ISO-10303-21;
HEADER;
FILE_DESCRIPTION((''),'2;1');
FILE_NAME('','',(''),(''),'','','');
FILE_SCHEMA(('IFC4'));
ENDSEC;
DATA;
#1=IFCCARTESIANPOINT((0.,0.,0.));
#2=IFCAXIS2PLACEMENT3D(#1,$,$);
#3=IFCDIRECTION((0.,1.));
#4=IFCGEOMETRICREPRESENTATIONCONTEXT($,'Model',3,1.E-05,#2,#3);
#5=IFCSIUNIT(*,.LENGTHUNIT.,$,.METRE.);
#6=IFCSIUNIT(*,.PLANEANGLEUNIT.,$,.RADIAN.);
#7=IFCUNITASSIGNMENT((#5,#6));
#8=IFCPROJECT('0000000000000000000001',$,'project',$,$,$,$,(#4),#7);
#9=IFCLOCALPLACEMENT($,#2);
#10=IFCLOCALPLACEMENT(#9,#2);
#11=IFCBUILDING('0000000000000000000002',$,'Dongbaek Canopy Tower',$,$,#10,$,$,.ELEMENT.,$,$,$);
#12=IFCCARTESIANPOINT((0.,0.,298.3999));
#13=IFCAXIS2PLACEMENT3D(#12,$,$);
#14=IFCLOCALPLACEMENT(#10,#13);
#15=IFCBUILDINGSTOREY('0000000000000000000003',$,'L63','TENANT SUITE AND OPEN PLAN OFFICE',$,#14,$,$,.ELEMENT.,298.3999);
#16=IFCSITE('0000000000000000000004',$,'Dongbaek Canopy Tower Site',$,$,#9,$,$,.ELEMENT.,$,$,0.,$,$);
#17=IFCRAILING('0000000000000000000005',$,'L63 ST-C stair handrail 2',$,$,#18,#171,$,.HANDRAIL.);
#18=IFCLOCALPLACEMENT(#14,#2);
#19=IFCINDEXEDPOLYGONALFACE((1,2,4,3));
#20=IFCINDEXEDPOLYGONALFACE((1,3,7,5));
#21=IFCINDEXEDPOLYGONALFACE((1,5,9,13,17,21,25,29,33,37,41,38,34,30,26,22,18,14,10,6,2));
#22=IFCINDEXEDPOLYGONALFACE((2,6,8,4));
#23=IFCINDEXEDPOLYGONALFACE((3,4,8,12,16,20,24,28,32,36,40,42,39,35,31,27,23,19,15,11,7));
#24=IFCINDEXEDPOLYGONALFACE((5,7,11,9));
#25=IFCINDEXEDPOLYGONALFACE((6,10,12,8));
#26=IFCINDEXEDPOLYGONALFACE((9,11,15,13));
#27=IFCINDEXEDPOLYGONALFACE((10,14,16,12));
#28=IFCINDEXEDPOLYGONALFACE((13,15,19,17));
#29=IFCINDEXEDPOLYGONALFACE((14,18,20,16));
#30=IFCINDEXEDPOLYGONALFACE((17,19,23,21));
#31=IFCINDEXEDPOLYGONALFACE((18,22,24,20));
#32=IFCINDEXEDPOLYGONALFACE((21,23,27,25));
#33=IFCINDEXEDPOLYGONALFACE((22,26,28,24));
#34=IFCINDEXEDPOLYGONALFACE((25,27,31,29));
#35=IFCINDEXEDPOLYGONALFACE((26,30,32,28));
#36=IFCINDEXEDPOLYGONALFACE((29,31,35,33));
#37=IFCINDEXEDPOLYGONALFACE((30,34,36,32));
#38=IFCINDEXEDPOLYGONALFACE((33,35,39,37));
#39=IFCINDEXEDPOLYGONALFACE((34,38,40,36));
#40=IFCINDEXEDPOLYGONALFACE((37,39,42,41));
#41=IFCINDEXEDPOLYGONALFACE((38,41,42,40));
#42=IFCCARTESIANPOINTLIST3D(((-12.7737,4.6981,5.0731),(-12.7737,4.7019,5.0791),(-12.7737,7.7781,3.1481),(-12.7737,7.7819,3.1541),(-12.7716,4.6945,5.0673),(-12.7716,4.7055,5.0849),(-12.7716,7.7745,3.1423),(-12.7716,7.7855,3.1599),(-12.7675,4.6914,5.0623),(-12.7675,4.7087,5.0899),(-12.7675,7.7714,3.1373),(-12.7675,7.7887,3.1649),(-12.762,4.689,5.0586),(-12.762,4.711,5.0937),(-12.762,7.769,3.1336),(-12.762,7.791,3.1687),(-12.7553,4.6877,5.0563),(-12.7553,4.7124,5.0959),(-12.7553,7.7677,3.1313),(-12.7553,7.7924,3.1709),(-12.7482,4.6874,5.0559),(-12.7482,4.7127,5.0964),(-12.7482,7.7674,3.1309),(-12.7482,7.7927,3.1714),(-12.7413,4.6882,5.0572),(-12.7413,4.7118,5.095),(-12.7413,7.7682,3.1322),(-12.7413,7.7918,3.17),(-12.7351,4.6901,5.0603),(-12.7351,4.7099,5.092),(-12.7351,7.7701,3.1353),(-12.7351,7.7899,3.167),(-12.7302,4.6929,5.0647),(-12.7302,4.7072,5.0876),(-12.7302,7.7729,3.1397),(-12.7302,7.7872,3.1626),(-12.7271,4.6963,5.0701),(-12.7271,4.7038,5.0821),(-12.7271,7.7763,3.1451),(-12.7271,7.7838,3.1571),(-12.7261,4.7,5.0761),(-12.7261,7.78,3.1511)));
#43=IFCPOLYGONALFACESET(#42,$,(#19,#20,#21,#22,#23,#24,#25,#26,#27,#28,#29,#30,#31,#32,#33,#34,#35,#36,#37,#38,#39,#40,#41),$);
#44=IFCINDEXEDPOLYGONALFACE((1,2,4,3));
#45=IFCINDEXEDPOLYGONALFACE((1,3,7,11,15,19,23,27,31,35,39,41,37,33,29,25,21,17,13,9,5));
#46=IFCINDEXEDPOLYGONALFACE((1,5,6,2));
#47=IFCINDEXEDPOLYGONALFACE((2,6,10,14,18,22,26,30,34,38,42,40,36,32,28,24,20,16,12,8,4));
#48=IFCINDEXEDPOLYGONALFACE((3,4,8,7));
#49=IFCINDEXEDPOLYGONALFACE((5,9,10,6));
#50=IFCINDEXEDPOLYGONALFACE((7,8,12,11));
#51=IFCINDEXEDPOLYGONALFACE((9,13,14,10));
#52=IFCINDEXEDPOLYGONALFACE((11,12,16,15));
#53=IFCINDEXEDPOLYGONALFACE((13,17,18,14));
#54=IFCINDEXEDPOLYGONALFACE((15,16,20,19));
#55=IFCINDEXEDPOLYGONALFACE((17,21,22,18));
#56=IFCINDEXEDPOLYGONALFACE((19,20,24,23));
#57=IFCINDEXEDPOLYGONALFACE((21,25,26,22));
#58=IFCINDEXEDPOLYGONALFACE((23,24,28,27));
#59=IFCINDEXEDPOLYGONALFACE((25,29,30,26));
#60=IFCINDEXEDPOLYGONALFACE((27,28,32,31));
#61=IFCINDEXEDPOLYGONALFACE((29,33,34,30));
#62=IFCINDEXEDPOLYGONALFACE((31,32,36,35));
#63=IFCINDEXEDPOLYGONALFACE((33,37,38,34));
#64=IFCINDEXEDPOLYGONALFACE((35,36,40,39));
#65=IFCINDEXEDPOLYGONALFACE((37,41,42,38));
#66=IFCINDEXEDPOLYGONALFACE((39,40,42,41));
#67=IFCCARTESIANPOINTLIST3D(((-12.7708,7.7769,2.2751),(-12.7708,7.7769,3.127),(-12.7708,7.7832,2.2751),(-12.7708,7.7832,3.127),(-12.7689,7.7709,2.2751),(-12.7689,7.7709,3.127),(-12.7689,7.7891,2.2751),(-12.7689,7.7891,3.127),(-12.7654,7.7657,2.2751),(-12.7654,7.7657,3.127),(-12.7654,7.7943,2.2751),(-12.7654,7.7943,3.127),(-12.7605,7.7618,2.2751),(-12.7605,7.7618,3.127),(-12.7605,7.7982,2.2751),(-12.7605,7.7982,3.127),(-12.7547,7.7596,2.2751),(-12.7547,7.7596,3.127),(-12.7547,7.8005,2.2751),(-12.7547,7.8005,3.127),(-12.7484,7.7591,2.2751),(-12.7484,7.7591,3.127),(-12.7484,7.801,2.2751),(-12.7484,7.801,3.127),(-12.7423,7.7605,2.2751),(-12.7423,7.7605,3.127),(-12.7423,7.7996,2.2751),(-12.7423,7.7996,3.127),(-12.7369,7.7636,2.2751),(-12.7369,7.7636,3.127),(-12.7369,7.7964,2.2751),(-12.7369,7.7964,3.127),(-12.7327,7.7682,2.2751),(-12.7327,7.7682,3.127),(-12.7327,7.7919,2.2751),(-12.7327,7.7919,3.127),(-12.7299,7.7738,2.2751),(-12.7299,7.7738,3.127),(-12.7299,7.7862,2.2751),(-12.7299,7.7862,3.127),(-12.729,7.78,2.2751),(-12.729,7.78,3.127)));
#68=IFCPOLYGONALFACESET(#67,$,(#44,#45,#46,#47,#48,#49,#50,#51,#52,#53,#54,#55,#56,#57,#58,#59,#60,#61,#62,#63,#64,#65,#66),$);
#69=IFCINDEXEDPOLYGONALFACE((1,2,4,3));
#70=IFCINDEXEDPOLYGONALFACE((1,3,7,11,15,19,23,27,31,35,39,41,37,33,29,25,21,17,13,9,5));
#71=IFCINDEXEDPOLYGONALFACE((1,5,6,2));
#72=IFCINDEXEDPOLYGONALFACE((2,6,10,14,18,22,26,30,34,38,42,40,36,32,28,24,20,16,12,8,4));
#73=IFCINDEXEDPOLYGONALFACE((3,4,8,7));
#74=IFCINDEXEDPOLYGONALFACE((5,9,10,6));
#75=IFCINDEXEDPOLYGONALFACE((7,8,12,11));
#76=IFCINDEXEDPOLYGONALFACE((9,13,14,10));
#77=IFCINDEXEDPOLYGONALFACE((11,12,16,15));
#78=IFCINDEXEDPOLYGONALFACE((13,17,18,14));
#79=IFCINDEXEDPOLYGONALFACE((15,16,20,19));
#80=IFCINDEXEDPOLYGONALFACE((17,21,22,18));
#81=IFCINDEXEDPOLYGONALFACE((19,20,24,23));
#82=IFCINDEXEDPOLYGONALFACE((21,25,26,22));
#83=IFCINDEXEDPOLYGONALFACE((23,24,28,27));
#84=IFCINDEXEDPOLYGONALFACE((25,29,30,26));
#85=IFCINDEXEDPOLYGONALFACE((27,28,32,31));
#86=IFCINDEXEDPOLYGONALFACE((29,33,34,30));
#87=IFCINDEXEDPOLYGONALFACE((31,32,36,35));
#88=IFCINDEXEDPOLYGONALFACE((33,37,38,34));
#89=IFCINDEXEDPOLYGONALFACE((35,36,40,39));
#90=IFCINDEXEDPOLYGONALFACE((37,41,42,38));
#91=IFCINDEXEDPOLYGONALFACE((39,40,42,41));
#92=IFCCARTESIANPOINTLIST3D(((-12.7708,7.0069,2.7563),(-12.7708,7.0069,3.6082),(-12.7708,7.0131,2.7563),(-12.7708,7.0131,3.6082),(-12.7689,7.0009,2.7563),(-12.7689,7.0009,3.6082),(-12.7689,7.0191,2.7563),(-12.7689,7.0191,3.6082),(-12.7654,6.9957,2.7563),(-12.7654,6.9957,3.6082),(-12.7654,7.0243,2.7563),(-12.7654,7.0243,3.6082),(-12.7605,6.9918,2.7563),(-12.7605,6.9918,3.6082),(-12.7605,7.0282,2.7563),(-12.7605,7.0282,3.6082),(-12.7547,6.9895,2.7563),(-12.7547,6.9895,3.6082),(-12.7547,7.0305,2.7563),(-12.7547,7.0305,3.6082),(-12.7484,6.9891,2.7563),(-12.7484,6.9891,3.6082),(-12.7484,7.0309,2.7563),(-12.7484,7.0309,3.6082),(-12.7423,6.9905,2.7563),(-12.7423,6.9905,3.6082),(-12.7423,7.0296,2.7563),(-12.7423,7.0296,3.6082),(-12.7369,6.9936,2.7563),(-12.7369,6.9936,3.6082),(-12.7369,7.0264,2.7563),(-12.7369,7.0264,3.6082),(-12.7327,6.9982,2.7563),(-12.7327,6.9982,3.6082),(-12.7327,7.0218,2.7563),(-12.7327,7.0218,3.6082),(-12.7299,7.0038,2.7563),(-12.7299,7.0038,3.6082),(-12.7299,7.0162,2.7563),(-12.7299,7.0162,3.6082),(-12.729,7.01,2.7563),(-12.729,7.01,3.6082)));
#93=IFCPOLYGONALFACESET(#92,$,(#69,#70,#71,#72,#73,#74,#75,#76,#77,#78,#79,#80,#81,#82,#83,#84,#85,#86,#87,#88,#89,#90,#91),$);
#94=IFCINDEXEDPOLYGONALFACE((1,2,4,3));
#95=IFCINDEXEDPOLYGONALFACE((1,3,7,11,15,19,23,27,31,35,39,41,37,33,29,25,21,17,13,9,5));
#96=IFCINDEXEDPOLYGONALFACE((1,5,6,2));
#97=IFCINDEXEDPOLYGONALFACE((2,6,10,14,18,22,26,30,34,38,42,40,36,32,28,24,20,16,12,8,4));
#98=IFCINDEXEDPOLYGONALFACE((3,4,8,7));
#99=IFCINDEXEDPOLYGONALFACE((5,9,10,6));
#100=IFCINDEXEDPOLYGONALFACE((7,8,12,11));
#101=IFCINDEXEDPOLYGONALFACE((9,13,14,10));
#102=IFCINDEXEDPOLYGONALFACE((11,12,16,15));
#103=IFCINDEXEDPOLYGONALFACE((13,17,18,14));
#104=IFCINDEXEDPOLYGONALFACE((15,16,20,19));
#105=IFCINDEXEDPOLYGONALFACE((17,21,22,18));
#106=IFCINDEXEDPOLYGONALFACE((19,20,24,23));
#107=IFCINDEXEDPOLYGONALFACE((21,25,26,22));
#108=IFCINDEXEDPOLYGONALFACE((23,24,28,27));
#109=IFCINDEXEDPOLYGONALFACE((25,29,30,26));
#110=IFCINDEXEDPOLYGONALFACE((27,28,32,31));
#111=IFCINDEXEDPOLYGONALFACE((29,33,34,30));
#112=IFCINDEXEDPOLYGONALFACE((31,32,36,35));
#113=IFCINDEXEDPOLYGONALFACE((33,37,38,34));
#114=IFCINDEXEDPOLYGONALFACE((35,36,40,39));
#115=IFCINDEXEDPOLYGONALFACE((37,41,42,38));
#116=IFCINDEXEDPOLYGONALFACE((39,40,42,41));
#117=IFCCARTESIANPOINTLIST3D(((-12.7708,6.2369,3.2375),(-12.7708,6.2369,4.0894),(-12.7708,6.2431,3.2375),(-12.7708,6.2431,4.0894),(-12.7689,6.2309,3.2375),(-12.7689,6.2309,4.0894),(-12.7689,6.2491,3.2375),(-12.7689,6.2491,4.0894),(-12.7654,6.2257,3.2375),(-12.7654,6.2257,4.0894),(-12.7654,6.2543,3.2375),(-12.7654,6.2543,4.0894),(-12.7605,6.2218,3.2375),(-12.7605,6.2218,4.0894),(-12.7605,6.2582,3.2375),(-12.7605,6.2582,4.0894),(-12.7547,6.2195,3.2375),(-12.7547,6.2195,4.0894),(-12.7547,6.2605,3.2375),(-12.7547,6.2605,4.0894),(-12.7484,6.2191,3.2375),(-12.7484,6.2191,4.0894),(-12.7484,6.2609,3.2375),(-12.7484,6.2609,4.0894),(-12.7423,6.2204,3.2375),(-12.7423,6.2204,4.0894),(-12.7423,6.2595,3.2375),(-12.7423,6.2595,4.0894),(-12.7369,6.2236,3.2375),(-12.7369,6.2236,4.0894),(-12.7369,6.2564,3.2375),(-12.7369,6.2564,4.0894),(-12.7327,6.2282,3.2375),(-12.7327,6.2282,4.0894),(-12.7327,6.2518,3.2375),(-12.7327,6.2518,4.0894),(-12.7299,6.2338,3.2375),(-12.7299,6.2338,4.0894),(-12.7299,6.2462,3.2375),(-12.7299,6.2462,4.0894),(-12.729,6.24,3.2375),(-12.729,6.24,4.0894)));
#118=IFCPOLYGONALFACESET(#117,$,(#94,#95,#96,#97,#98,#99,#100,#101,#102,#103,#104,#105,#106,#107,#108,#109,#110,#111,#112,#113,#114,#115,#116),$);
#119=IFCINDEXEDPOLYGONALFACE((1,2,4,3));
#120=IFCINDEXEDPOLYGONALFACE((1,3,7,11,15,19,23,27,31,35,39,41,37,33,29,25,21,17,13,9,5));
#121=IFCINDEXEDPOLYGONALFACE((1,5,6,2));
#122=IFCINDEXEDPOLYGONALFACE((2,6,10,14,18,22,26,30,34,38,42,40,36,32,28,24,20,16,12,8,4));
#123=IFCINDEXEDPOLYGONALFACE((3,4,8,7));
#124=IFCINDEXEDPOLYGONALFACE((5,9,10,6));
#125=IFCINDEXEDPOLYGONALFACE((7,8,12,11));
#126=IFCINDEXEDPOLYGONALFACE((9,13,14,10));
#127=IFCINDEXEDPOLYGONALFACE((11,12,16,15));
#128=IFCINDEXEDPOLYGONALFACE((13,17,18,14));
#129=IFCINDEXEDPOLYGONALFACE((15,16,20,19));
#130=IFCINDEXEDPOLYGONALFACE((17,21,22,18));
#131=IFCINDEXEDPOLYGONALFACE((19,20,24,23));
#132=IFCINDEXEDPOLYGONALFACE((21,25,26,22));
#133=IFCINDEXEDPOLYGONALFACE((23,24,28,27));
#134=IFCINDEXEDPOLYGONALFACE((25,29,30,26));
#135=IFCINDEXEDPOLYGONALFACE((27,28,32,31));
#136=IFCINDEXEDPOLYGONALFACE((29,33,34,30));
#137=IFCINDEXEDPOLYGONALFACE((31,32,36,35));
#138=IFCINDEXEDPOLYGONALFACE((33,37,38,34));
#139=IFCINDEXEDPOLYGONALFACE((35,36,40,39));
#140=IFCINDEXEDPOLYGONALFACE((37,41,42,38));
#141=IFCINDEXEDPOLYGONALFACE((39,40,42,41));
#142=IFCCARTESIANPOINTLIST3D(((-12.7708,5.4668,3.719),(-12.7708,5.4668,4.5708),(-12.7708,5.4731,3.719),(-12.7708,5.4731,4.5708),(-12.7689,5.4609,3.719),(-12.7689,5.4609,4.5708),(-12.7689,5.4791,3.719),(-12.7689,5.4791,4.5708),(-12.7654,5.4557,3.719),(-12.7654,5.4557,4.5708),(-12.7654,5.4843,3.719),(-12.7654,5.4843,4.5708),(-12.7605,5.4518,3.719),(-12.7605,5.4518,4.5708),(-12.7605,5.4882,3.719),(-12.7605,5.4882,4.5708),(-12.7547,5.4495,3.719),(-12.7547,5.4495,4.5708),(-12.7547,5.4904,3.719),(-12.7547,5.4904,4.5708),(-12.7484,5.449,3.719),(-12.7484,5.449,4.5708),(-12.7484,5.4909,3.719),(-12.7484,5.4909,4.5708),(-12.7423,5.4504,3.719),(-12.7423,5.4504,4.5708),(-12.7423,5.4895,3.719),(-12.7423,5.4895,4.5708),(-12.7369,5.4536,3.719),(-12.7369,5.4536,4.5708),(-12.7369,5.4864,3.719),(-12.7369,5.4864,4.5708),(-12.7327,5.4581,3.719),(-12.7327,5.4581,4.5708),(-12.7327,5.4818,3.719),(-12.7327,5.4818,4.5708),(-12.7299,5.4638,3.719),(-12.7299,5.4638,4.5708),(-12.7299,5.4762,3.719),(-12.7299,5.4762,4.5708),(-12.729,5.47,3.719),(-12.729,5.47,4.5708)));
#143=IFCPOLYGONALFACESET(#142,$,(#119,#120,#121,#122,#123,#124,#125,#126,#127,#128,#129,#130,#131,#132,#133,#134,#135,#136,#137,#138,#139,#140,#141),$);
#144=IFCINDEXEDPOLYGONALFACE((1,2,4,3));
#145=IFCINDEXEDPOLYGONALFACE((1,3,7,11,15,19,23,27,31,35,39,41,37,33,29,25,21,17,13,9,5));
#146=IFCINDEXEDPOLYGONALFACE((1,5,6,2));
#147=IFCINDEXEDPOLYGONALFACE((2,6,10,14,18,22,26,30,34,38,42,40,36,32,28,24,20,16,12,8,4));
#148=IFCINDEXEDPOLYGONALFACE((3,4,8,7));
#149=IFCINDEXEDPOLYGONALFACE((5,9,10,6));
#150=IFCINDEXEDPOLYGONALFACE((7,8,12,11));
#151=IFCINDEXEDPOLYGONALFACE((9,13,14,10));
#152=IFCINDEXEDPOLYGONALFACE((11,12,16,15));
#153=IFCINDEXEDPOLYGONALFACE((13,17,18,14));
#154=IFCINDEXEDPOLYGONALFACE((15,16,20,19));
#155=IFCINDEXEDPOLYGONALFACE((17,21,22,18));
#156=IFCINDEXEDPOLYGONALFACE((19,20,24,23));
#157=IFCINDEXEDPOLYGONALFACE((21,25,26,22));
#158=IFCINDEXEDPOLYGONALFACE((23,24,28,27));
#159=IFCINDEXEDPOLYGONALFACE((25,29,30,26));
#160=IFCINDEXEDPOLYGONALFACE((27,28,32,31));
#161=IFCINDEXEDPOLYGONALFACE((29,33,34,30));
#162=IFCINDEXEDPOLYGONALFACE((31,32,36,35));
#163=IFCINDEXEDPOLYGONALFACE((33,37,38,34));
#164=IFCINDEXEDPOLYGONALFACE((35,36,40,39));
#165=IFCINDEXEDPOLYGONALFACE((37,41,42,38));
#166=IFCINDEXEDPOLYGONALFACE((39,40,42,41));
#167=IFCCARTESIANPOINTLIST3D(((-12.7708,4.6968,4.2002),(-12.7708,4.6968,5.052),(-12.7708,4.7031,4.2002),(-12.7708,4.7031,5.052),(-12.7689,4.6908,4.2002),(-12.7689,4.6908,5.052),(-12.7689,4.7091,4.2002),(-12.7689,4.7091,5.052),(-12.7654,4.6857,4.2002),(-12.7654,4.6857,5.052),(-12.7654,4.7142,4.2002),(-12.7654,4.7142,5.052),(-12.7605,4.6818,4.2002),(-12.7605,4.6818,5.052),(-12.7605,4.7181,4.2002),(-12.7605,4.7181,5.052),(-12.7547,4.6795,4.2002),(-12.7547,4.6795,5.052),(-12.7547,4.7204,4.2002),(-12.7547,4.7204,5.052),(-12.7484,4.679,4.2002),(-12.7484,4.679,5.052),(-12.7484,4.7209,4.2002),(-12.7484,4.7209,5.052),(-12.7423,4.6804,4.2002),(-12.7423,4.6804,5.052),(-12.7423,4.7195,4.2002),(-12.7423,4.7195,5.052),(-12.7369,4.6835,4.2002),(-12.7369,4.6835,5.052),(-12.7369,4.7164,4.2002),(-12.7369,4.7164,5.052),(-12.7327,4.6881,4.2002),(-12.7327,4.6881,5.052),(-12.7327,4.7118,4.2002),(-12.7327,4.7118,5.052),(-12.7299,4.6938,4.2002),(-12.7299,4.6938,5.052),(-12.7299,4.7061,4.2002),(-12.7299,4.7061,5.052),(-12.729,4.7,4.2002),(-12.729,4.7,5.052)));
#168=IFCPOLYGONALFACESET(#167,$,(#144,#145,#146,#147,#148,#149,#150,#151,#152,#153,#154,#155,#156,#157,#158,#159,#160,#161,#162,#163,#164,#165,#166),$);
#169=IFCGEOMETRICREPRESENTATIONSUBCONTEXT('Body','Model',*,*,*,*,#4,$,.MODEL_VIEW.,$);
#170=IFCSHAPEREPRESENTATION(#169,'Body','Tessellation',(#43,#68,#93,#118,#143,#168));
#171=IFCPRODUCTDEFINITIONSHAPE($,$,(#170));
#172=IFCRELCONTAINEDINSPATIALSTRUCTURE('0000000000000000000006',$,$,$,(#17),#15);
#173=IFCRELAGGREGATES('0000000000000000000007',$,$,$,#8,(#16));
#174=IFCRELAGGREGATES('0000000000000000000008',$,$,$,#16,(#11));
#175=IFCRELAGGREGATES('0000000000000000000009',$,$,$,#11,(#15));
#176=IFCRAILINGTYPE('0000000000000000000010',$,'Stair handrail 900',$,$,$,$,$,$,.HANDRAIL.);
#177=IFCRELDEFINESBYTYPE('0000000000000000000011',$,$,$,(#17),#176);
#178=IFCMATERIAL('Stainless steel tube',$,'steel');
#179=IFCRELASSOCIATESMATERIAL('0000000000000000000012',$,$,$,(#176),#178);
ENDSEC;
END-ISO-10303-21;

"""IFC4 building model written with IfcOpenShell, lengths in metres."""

from ifc_helpers import new_model, si_unit, direction, frame, origin, origin_2d, place, context, subcontext, project, spatial, circle, extrude, material, type_object, element, save


model = new_model("IFC4")

# Units and contexts
model_context = context("Model", 3, precision=1e-05, world=origin(), true_north=direction((0.0, 1.0)))
body_context = subcontext(model_context, "Body", "Model", "MODEL_VIEW")
ifc_project = project(units=[si_unit("LENGTHUNIT", "METRE"), si_unit("PLANEANGLEUNIT", "RADIAN")], contexts=[model_context])

# Site, building, storey
site_placement = place(None, origin())
site = spatial("IfcSite", under=ifc_project, at=site_placement, Name="Dongbaek Canopy Tower Site", CompositionType="ELEMENT", RefElevation=0.0)
building_placement = place(site_placement, origin())
building = spatial("IfcBuilding", under=site, at=building_placement, Name="Dongbaek Canopy Tower", CompositionType="ELEMENT")
storey_placement = place(building_placement, frame((0.0, 0.0, 298.3999)))
storey = spatial("IfcBuildingStorey", under=building, at=storey_placement, Name="L63", Description="TENANT SUITE AND OPEN PLAN OFFICE", CompositionType="ELEMENT", Elevation=298.3999)

# Railing
ifc_material_1 = material(Name="Stainless steel tube", Category="steel")
railing_type = type_object("IfcRailingType", Name="Stair handrail 900", PredefinedType="HANDRAIL", material=ifc_material_1)
railing_placement = place(storey_placement, frame((-12.75, 7.78, 2.2751)))
element("IfcRailing", 1, at=railing_placement, inside=storey, type_object=railing_type, Name="L63 ST-C stair handrail 2", PredefinedType="HANDRAIL", context=body_context, shape_type="SweptSolid", body=[
    extrude(circle(Radius=0.0239, at=origin_2d()), frame((0.0, 0.0, 0.876), z_axis=(0.0, -0.847998, 0.529999), x_axis=(1.0, 0.0, 0.0)), (0.0, 0.0, 1.0), 3.6321),
    extrude(circle(Radius=0.021, at=origin_2d()), origin(), (0.0, 0.0, 1.0), 0.8518),
    extrude(circle(Radius=0.021, at=origin_2d()), frame((0.0, -0.77, 0.4812)), (0.0, 0.0, 1.0), 0.8518),
    extrude(circle(Radius=0.021, at=origin_2d()), frame((0.0, -1.54, 0.9624)), (0.0, 0.0, 1.0), 0.8518),
    extrude(circle(Radius=0.021, at=origin_2d()), frame((0.0, -2.3101, 1.4438)), (0.0, 0.0, 1.0), 0.8518),
    extrude(circle(Radius=0.021, at=origin_2d()), frame((0.0, -3.0801, 1.925)), (0.0, 0.0, 1.0), 0.8518),
])

save(model, "model.ifc")
